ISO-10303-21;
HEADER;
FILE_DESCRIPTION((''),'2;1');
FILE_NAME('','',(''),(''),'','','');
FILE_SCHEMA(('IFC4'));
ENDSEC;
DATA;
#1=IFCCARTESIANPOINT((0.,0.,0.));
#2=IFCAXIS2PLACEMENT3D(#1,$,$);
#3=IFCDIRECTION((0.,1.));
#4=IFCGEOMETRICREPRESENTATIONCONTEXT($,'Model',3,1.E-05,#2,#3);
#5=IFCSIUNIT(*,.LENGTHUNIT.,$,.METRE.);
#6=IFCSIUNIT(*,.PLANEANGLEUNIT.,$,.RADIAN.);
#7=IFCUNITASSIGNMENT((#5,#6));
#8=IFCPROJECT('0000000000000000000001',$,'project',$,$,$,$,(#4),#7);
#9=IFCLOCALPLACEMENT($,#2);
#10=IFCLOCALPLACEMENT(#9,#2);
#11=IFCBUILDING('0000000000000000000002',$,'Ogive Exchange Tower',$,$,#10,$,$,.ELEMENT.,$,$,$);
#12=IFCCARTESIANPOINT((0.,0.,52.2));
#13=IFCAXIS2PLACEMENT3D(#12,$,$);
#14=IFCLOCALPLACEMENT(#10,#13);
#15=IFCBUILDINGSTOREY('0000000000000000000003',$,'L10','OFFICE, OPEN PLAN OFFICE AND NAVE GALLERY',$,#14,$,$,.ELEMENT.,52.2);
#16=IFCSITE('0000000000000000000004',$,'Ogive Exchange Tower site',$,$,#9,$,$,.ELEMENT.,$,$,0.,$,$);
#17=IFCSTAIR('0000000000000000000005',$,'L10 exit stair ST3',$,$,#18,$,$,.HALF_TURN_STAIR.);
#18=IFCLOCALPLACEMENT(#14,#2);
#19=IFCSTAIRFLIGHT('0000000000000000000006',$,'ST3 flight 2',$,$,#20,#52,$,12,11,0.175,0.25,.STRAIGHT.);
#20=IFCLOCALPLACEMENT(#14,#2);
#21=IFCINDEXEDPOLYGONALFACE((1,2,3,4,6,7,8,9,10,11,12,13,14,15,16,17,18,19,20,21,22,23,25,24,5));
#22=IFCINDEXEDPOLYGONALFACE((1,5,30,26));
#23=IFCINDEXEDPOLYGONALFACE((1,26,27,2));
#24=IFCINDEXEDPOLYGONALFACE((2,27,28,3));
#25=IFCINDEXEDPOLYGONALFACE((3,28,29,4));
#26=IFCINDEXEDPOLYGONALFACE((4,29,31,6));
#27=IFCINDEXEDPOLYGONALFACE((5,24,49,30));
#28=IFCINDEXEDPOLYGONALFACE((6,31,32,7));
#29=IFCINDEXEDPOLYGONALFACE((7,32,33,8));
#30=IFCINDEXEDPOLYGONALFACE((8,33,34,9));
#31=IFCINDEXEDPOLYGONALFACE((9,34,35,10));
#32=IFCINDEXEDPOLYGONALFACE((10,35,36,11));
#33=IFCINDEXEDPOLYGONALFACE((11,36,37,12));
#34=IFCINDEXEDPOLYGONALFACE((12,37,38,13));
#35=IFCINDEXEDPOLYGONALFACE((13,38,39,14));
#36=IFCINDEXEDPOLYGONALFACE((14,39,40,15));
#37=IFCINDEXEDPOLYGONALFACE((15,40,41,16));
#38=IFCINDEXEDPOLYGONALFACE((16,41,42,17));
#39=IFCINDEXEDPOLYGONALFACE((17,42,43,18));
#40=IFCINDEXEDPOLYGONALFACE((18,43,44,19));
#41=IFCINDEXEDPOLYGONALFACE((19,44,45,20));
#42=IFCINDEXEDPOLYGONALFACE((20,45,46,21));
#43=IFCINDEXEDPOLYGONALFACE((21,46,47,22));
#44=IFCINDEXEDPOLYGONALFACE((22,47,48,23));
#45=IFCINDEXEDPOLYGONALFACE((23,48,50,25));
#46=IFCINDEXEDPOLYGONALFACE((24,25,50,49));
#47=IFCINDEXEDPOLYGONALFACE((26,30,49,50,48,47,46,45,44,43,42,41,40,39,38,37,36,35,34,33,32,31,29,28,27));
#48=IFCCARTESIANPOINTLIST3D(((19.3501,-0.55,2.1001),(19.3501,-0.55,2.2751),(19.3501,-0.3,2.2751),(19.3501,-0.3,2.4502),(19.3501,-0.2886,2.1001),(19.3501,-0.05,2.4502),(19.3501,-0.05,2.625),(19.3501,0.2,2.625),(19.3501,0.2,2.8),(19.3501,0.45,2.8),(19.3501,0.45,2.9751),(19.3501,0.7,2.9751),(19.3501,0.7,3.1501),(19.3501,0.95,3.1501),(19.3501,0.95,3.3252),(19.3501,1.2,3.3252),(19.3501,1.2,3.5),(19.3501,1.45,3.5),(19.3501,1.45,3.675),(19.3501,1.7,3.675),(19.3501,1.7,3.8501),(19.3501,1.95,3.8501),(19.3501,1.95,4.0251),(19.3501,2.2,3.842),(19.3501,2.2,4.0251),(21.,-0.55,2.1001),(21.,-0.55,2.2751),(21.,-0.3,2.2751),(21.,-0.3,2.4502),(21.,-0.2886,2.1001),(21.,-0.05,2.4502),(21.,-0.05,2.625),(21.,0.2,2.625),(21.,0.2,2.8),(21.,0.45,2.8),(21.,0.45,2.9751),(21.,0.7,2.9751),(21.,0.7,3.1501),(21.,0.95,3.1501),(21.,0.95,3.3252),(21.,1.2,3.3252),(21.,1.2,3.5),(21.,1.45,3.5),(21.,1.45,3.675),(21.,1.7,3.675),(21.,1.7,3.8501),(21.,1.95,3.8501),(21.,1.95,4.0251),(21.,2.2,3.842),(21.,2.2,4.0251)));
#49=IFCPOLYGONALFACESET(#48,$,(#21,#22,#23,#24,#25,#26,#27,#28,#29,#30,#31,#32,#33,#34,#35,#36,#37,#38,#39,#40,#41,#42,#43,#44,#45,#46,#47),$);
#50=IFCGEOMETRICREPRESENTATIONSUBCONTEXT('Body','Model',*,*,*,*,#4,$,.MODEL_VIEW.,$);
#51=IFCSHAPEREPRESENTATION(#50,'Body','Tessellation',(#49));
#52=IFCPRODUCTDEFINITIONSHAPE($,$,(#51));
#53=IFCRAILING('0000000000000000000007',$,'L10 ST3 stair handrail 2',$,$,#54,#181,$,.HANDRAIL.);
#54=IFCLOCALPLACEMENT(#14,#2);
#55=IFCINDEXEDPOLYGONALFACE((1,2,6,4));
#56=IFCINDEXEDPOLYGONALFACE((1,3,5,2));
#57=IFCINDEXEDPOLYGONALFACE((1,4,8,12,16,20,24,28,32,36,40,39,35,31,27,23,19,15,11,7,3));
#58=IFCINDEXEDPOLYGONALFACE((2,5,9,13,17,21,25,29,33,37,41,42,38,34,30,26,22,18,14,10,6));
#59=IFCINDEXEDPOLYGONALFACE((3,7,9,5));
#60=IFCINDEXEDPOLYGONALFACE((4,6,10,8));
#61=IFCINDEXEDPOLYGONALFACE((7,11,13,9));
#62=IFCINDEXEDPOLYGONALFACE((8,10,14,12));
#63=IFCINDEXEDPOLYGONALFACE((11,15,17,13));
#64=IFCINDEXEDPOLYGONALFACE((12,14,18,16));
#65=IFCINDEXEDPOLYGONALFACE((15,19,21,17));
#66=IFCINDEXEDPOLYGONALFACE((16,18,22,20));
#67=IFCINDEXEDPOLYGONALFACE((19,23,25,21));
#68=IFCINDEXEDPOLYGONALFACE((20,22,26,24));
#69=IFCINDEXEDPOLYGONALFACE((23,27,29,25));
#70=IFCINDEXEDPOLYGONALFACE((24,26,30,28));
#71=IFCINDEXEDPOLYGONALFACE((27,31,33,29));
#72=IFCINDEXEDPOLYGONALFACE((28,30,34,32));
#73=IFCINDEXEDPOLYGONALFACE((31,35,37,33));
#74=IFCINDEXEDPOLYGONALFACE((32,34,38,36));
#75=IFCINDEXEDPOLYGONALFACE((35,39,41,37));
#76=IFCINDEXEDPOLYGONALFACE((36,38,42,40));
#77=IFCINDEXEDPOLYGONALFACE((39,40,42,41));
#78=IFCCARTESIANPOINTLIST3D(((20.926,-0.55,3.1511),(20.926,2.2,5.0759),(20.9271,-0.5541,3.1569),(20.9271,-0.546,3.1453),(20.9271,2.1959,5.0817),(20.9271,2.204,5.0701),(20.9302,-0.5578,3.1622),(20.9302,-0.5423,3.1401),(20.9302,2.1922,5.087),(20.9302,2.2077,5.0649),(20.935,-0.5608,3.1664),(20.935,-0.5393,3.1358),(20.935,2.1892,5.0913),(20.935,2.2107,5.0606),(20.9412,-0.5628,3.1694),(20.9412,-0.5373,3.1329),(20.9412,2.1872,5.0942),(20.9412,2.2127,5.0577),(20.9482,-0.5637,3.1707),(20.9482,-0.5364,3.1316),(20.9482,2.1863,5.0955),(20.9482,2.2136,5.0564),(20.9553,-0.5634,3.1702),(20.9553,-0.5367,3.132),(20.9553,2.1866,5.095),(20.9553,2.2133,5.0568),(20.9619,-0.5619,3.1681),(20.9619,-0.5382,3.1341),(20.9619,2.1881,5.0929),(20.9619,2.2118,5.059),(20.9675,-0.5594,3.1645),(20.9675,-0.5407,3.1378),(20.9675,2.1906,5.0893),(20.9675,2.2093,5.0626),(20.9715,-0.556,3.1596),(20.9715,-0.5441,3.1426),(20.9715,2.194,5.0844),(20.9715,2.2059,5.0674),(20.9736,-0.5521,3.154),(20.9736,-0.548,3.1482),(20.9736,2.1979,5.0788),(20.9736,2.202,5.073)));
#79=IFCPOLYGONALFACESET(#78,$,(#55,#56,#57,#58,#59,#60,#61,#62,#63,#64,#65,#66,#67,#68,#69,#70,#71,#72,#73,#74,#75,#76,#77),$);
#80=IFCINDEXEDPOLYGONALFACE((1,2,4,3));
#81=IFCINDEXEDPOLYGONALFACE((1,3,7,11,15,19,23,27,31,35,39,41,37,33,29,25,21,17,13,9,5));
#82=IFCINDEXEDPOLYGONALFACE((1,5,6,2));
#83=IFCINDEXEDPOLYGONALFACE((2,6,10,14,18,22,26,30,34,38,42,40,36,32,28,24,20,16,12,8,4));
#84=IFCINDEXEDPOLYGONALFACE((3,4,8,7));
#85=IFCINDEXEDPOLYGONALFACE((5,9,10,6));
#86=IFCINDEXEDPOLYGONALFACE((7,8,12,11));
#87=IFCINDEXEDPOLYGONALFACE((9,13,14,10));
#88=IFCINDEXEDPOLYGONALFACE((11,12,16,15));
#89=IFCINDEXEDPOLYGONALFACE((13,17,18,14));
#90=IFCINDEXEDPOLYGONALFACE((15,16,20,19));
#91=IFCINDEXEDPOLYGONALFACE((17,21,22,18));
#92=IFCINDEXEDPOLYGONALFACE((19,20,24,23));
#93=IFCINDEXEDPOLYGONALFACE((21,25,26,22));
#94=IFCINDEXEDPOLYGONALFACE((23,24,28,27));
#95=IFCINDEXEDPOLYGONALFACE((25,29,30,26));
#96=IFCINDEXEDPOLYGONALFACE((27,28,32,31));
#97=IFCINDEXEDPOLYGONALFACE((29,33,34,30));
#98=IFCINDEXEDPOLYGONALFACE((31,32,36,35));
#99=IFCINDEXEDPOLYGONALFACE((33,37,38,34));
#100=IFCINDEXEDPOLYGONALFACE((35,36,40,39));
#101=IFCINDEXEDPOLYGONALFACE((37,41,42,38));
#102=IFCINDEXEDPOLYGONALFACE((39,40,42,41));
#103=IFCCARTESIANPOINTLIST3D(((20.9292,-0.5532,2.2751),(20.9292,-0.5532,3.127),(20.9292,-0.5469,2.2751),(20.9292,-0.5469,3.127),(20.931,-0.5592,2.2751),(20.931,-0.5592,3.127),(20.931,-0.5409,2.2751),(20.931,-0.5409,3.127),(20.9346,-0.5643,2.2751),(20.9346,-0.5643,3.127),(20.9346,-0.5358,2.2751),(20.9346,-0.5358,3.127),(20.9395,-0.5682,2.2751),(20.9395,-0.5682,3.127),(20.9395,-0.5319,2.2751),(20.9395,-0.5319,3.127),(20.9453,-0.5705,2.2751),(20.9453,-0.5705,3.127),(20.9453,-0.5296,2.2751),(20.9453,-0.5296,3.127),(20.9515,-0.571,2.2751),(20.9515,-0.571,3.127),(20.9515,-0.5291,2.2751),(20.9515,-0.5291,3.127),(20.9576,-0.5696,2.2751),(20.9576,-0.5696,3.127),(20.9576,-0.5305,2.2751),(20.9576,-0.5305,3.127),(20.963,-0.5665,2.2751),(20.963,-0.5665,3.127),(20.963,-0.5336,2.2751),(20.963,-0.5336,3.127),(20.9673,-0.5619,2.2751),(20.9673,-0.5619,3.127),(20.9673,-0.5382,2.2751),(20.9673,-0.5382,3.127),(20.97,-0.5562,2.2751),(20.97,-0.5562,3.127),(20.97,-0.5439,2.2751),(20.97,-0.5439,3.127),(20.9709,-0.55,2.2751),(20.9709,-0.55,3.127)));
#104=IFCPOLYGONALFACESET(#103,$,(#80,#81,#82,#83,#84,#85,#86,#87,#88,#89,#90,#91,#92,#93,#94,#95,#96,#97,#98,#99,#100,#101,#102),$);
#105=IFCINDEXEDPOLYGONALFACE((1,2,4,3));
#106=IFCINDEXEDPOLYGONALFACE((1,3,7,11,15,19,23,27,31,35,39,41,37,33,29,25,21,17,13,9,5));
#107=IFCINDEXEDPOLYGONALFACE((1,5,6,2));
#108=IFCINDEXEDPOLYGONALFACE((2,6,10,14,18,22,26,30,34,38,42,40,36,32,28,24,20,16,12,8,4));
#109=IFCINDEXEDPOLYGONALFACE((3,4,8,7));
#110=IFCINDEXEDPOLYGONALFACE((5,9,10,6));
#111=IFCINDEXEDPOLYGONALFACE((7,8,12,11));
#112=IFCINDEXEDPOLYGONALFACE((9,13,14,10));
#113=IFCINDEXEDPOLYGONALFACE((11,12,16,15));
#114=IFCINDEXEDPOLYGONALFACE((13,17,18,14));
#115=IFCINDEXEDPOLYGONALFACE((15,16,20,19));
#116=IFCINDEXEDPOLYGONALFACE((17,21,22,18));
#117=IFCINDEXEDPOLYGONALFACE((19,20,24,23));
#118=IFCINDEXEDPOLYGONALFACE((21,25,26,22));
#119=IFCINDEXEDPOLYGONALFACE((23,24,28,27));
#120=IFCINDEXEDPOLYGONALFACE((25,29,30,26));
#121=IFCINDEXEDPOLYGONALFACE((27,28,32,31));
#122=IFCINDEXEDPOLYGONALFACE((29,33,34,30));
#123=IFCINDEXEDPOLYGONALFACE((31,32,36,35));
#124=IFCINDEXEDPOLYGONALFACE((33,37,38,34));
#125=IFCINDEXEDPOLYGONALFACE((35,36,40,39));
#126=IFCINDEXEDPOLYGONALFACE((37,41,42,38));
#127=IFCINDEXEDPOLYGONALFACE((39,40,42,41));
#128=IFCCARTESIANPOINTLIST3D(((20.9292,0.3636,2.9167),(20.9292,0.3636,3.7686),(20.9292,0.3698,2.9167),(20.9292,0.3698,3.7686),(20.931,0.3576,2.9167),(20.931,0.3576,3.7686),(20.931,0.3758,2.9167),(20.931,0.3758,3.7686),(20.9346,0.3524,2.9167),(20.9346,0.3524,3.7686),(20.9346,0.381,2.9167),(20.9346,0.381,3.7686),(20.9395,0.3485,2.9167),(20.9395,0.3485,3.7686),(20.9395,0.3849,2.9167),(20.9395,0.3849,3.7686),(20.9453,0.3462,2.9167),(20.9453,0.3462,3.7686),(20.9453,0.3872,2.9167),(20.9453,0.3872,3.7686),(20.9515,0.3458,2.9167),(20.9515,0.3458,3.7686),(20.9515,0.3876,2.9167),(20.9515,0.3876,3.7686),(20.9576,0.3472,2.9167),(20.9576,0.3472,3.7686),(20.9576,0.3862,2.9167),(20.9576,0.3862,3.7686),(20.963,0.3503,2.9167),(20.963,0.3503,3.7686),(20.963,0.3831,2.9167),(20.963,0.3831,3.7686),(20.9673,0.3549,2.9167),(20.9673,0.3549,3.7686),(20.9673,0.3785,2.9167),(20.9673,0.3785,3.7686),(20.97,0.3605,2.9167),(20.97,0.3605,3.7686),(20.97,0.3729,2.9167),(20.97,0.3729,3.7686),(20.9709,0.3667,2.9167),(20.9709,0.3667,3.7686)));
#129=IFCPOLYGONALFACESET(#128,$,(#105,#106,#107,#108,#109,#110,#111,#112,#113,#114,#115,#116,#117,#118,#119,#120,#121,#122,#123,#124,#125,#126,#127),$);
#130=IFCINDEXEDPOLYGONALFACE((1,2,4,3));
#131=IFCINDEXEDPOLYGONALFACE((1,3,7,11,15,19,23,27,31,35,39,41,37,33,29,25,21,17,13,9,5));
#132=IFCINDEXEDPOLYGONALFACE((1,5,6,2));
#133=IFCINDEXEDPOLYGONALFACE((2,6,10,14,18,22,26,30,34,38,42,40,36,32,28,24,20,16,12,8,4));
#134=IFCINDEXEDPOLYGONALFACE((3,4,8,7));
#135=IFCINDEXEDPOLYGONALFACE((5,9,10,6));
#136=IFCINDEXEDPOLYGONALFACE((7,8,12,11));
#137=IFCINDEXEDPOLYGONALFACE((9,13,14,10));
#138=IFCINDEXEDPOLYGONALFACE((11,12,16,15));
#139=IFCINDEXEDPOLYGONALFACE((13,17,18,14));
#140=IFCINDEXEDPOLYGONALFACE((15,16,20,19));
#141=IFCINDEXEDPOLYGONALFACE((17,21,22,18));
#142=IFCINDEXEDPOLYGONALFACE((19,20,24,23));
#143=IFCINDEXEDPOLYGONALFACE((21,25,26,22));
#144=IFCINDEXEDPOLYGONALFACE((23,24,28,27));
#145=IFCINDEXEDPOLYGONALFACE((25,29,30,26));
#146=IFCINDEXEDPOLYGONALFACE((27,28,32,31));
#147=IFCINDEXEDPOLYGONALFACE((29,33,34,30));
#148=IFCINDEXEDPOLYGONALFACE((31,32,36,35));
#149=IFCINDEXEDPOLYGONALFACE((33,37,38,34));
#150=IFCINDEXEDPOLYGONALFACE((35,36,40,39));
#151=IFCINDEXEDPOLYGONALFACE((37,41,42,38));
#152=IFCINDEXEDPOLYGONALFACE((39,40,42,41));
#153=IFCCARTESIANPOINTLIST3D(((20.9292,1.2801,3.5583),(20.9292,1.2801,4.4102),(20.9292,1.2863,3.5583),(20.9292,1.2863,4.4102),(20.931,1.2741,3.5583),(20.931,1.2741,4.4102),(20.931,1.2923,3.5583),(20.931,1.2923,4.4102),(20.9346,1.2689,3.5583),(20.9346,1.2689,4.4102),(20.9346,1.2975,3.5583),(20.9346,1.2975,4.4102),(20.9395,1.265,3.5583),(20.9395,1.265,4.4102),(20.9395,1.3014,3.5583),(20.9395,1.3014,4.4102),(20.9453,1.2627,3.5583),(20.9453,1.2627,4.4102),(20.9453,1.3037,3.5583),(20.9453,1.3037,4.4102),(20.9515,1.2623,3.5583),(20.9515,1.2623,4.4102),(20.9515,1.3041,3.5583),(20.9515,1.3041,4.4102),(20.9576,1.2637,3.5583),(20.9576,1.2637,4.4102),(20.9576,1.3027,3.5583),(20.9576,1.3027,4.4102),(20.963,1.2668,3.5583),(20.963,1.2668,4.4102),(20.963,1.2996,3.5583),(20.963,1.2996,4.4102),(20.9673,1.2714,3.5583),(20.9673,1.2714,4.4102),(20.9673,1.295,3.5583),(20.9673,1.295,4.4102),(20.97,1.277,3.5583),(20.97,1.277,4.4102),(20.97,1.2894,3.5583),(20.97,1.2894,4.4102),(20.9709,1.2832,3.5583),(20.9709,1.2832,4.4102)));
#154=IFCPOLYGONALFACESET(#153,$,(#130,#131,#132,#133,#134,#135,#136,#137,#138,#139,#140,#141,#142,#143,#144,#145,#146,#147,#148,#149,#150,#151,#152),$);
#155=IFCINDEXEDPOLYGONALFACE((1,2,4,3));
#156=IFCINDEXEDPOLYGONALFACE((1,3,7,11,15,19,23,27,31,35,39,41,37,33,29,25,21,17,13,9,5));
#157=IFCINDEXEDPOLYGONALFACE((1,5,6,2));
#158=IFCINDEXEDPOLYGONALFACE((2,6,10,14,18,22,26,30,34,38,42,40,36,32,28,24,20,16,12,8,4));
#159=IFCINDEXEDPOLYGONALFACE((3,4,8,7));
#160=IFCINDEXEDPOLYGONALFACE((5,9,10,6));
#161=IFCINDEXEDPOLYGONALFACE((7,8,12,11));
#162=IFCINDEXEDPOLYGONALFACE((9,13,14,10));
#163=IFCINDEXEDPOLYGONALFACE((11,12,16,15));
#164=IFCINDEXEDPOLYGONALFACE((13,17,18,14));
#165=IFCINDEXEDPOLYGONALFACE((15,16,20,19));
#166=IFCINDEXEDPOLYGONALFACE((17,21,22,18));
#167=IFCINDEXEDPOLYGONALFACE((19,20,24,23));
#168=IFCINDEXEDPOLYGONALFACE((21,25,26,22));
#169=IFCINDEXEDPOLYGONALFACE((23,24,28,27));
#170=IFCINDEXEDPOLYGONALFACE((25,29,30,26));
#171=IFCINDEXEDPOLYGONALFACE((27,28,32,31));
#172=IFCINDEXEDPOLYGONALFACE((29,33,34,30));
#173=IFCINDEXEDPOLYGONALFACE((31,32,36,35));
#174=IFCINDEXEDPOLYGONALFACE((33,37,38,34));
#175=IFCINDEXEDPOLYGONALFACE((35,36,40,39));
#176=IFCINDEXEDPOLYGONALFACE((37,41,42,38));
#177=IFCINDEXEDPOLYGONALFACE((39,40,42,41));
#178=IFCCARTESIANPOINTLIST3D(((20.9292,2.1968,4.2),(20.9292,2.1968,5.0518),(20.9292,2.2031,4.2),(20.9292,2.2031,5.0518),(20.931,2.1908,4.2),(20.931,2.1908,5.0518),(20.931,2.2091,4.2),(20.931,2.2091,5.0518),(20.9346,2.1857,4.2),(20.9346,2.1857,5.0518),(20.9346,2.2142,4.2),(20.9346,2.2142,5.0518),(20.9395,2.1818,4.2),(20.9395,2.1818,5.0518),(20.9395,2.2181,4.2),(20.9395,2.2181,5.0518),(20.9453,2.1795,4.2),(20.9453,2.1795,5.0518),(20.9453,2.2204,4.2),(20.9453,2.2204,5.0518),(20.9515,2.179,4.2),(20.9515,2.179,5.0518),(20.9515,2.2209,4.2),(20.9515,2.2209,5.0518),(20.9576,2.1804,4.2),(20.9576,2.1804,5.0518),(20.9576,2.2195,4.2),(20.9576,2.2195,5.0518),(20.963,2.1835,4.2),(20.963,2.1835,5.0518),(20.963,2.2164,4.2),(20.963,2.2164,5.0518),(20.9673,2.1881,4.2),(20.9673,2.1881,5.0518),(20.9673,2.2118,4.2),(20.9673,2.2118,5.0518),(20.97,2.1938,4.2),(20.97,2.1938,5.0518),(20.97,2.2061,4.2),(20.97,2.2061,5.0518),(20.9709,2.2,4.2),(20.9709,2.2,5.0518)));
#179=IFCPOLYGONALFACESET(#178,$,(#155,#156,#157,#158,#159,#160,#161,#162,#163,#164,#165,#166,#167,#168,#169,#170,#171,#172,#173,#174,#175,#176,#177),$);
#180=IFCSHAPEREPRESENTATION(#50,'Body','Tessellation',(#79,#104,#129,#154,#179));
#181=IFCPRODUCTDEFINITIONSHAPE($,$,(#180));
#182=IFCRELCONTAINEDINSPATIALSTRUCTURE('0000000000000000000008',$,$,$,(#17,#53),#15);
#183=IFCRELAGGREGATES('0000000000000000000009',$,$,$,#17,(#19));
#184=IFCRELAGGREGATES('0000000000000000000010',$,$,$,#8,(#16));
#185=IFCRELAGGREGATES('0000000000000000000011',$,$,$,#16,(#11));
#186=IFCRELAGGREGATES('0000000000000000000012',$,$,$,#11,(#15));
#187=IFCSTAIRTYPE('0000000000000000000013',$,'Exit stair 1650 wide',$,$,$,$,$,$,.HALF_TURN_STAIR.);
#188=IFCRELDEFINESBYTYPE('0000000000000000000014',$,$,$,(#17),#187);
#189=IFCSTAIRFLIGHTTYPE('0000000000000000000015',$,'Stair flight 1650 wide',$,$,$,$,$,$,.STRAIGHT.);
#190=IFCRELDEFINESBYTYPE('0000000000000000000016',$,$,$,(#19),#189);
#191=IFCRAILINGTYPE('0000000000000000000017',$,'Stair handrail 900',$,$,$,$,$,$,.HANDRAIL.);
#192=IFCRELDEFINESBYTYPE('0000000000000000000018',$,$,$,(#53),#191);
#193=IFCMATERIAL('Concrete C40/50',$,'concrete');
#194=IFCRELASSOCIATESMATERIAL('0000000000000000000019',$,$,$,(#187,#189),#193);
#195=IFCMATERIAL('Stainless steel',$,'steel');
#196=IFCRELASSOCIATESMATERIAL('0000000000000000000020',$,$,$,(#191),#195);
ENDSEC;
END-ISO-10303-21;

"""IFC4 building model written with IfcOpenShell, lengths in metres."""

from ifc_helpers import new_model, si_unit, direction, frame, origin, origin_2d, place, context, subcontext, project, spatial, polyline, circle, outline, extrude, material, type_object, element, aggregate, save


model = new_model("IFC4")

# Units and contexts
model_context = context("Model", 3, precision=1e-05, world=origin(), true_north=direction((0.0, 1.0)))
body_context = subcontext(model_context, "Body", "Model", "MODEL_VIEW")
ifc_project = project(units=[si_unit("LENGTHUNIT", "METRE"), si_unit("PLANEANGLEUNIT", "RADIAN")], contexts=[model_context])

# Site, building, storey
site_placement = place(None, origin())
site = spatial("IfcSite", under=ifc_project, at=site_placement, Name="Ogive Exchange Tower site", CompositionType="ELEMENT", RefElevation=0.0)
building_placement = place(site_placement, origin())
building = spatial("IfcBuilding", under=site, at=building_placement, Name="Ogive Exchange Tower", CompositionType="ELEMENT")
storey_placement = place(building_placement, frame((0.0, 0.0, 52.2)))
storey = spatial("IfcBuildingStorey", under=building, at=storey_placement, Name="L10", Description="OFFICE, OPEN PLAN OFFICE AND NAVE GALLERY", CompositionType="ELEMENT", Elevation=52.2)

# Stair, stair flight
ifc_material_1 = material(Name="Concrete C40/50", Category="concrete")
stair_type = type_object("IfcStairType", Name="Exit stair 1650 wide", PredefinedType="HALF_TURN_STAIR", material=ifc_material_1)
stair_placement = place(storey_placement, origin())
stair = element("IfcStair", 1, at=stair_placement, inside=storey, type_object=stair_type, Name="L10 exit stair ST3", PredefinedType="HALF_TURN_STAIR")
stair_flight_type = type_object("IfcStairFlightType", Name="Stair flight 1650 wide", PredefinedType="STRAIGHT", material=ifc_material_1)
stair_flight_placement = place(storey_placement, frame((20.175, -0.55, 2.1001), z_axis=(0.0, 0.0, 1.0), x_axis=(0.0, 1.0, 0.0)))
stair_flight = element("IfcStairFlight", 2, at=stair_flight_placement, type_object=stair_flight_type, Name="ST3 flight 2", NumberOfRisers=12, NumberOfTreads=11, PredefinedType="STRAIGHT", RiserHeight=0.175, TreadLength=0.25, context=body_context, shape_type="SweptSolid", body=[
    extrude(outline(polyline([(0.0, 0.0), (0.0, 0.175), (0.25, 0.175), (0.25, 0.3501), (0.5, 0.3501), (0.5, 0.5249), (0.75, 0.5249), (0.75, 0.7), (1.0, 0.7), (1.0, 0.875), (1.25, 0.875), (1.25, 1.05), (1.5, 1.05), (1.5, 1.2251), (1.75, 1.2251), (1.75, 1.3999), (2.0, 1.3999), (2.0, 1.575), (2.25, 1.575), (2.25, 1.75), (2.5, 1.75), (2.5, 1.925), (2.75, 1.925), (2.75, 2.1001), (2.75, 1.7419), (0.2615, 0.0), (0.0, 0.0)])), frame((0.0, 0.825, 0.0), z_axis=(0.0, -1.0, 0.0), x_axis=(1.0, 0.0, 0.0)), (0.0, 0.0, 1.0), 1.6499),
])
aggregate(stair, [stair_flight])

# Railing
ifc_material_2 = material(Name="Stainless steel", Category="steel")
railing_type = type_object("IfcRailingType", Name="Stair handrail 900", PredefinedType="HANDRAIL", material=ifc_material_2)
railing_placement = place(storey_placement, frame((20.95, -0.55, 2.2751)))
element("IfcRailing", 3, at=railing_placement, inside=storey, type_object=railing_type, Name="L10 ST3 stair handrail 2", PredefinedType="HANDRAIL", context=body_context, shape_type="SweptSolid", body=[
    extrude(circle(Radius=0.0239, at=origin_2d()), frame((0.0, 0.0, 0.876), z_axis=(0.0, 0.819259, 0.573423), x_axis=(-1.0, 0.0, 0.0)), (0.0, 0.0, 1.0), 3.3567),
    extrude(circle(Radius=0.021, at=origin_2d()), origin(), (0.0, 0.0, 1.0), 0.8518),
    extrude(circle(Radius=0.021, at=origin_2d()), frame((0.0, 0.9167, 0.6416)), (0.0, 0.0, 1.0), 0.8518),
    extrude(circle(Radius=0.021, at=origin_2d()), frame((0.0, 1.8333, 1.2832)), (0.0, 0.0, 1.0), 0.8518),
    extrude(circle(Radius=0.021, at=origin_2d()), frame((0.0, 2.75, 1.9248)), (0.0, 0.0, 1.0), 0.8518),
])

save(model, "model.ifc")
